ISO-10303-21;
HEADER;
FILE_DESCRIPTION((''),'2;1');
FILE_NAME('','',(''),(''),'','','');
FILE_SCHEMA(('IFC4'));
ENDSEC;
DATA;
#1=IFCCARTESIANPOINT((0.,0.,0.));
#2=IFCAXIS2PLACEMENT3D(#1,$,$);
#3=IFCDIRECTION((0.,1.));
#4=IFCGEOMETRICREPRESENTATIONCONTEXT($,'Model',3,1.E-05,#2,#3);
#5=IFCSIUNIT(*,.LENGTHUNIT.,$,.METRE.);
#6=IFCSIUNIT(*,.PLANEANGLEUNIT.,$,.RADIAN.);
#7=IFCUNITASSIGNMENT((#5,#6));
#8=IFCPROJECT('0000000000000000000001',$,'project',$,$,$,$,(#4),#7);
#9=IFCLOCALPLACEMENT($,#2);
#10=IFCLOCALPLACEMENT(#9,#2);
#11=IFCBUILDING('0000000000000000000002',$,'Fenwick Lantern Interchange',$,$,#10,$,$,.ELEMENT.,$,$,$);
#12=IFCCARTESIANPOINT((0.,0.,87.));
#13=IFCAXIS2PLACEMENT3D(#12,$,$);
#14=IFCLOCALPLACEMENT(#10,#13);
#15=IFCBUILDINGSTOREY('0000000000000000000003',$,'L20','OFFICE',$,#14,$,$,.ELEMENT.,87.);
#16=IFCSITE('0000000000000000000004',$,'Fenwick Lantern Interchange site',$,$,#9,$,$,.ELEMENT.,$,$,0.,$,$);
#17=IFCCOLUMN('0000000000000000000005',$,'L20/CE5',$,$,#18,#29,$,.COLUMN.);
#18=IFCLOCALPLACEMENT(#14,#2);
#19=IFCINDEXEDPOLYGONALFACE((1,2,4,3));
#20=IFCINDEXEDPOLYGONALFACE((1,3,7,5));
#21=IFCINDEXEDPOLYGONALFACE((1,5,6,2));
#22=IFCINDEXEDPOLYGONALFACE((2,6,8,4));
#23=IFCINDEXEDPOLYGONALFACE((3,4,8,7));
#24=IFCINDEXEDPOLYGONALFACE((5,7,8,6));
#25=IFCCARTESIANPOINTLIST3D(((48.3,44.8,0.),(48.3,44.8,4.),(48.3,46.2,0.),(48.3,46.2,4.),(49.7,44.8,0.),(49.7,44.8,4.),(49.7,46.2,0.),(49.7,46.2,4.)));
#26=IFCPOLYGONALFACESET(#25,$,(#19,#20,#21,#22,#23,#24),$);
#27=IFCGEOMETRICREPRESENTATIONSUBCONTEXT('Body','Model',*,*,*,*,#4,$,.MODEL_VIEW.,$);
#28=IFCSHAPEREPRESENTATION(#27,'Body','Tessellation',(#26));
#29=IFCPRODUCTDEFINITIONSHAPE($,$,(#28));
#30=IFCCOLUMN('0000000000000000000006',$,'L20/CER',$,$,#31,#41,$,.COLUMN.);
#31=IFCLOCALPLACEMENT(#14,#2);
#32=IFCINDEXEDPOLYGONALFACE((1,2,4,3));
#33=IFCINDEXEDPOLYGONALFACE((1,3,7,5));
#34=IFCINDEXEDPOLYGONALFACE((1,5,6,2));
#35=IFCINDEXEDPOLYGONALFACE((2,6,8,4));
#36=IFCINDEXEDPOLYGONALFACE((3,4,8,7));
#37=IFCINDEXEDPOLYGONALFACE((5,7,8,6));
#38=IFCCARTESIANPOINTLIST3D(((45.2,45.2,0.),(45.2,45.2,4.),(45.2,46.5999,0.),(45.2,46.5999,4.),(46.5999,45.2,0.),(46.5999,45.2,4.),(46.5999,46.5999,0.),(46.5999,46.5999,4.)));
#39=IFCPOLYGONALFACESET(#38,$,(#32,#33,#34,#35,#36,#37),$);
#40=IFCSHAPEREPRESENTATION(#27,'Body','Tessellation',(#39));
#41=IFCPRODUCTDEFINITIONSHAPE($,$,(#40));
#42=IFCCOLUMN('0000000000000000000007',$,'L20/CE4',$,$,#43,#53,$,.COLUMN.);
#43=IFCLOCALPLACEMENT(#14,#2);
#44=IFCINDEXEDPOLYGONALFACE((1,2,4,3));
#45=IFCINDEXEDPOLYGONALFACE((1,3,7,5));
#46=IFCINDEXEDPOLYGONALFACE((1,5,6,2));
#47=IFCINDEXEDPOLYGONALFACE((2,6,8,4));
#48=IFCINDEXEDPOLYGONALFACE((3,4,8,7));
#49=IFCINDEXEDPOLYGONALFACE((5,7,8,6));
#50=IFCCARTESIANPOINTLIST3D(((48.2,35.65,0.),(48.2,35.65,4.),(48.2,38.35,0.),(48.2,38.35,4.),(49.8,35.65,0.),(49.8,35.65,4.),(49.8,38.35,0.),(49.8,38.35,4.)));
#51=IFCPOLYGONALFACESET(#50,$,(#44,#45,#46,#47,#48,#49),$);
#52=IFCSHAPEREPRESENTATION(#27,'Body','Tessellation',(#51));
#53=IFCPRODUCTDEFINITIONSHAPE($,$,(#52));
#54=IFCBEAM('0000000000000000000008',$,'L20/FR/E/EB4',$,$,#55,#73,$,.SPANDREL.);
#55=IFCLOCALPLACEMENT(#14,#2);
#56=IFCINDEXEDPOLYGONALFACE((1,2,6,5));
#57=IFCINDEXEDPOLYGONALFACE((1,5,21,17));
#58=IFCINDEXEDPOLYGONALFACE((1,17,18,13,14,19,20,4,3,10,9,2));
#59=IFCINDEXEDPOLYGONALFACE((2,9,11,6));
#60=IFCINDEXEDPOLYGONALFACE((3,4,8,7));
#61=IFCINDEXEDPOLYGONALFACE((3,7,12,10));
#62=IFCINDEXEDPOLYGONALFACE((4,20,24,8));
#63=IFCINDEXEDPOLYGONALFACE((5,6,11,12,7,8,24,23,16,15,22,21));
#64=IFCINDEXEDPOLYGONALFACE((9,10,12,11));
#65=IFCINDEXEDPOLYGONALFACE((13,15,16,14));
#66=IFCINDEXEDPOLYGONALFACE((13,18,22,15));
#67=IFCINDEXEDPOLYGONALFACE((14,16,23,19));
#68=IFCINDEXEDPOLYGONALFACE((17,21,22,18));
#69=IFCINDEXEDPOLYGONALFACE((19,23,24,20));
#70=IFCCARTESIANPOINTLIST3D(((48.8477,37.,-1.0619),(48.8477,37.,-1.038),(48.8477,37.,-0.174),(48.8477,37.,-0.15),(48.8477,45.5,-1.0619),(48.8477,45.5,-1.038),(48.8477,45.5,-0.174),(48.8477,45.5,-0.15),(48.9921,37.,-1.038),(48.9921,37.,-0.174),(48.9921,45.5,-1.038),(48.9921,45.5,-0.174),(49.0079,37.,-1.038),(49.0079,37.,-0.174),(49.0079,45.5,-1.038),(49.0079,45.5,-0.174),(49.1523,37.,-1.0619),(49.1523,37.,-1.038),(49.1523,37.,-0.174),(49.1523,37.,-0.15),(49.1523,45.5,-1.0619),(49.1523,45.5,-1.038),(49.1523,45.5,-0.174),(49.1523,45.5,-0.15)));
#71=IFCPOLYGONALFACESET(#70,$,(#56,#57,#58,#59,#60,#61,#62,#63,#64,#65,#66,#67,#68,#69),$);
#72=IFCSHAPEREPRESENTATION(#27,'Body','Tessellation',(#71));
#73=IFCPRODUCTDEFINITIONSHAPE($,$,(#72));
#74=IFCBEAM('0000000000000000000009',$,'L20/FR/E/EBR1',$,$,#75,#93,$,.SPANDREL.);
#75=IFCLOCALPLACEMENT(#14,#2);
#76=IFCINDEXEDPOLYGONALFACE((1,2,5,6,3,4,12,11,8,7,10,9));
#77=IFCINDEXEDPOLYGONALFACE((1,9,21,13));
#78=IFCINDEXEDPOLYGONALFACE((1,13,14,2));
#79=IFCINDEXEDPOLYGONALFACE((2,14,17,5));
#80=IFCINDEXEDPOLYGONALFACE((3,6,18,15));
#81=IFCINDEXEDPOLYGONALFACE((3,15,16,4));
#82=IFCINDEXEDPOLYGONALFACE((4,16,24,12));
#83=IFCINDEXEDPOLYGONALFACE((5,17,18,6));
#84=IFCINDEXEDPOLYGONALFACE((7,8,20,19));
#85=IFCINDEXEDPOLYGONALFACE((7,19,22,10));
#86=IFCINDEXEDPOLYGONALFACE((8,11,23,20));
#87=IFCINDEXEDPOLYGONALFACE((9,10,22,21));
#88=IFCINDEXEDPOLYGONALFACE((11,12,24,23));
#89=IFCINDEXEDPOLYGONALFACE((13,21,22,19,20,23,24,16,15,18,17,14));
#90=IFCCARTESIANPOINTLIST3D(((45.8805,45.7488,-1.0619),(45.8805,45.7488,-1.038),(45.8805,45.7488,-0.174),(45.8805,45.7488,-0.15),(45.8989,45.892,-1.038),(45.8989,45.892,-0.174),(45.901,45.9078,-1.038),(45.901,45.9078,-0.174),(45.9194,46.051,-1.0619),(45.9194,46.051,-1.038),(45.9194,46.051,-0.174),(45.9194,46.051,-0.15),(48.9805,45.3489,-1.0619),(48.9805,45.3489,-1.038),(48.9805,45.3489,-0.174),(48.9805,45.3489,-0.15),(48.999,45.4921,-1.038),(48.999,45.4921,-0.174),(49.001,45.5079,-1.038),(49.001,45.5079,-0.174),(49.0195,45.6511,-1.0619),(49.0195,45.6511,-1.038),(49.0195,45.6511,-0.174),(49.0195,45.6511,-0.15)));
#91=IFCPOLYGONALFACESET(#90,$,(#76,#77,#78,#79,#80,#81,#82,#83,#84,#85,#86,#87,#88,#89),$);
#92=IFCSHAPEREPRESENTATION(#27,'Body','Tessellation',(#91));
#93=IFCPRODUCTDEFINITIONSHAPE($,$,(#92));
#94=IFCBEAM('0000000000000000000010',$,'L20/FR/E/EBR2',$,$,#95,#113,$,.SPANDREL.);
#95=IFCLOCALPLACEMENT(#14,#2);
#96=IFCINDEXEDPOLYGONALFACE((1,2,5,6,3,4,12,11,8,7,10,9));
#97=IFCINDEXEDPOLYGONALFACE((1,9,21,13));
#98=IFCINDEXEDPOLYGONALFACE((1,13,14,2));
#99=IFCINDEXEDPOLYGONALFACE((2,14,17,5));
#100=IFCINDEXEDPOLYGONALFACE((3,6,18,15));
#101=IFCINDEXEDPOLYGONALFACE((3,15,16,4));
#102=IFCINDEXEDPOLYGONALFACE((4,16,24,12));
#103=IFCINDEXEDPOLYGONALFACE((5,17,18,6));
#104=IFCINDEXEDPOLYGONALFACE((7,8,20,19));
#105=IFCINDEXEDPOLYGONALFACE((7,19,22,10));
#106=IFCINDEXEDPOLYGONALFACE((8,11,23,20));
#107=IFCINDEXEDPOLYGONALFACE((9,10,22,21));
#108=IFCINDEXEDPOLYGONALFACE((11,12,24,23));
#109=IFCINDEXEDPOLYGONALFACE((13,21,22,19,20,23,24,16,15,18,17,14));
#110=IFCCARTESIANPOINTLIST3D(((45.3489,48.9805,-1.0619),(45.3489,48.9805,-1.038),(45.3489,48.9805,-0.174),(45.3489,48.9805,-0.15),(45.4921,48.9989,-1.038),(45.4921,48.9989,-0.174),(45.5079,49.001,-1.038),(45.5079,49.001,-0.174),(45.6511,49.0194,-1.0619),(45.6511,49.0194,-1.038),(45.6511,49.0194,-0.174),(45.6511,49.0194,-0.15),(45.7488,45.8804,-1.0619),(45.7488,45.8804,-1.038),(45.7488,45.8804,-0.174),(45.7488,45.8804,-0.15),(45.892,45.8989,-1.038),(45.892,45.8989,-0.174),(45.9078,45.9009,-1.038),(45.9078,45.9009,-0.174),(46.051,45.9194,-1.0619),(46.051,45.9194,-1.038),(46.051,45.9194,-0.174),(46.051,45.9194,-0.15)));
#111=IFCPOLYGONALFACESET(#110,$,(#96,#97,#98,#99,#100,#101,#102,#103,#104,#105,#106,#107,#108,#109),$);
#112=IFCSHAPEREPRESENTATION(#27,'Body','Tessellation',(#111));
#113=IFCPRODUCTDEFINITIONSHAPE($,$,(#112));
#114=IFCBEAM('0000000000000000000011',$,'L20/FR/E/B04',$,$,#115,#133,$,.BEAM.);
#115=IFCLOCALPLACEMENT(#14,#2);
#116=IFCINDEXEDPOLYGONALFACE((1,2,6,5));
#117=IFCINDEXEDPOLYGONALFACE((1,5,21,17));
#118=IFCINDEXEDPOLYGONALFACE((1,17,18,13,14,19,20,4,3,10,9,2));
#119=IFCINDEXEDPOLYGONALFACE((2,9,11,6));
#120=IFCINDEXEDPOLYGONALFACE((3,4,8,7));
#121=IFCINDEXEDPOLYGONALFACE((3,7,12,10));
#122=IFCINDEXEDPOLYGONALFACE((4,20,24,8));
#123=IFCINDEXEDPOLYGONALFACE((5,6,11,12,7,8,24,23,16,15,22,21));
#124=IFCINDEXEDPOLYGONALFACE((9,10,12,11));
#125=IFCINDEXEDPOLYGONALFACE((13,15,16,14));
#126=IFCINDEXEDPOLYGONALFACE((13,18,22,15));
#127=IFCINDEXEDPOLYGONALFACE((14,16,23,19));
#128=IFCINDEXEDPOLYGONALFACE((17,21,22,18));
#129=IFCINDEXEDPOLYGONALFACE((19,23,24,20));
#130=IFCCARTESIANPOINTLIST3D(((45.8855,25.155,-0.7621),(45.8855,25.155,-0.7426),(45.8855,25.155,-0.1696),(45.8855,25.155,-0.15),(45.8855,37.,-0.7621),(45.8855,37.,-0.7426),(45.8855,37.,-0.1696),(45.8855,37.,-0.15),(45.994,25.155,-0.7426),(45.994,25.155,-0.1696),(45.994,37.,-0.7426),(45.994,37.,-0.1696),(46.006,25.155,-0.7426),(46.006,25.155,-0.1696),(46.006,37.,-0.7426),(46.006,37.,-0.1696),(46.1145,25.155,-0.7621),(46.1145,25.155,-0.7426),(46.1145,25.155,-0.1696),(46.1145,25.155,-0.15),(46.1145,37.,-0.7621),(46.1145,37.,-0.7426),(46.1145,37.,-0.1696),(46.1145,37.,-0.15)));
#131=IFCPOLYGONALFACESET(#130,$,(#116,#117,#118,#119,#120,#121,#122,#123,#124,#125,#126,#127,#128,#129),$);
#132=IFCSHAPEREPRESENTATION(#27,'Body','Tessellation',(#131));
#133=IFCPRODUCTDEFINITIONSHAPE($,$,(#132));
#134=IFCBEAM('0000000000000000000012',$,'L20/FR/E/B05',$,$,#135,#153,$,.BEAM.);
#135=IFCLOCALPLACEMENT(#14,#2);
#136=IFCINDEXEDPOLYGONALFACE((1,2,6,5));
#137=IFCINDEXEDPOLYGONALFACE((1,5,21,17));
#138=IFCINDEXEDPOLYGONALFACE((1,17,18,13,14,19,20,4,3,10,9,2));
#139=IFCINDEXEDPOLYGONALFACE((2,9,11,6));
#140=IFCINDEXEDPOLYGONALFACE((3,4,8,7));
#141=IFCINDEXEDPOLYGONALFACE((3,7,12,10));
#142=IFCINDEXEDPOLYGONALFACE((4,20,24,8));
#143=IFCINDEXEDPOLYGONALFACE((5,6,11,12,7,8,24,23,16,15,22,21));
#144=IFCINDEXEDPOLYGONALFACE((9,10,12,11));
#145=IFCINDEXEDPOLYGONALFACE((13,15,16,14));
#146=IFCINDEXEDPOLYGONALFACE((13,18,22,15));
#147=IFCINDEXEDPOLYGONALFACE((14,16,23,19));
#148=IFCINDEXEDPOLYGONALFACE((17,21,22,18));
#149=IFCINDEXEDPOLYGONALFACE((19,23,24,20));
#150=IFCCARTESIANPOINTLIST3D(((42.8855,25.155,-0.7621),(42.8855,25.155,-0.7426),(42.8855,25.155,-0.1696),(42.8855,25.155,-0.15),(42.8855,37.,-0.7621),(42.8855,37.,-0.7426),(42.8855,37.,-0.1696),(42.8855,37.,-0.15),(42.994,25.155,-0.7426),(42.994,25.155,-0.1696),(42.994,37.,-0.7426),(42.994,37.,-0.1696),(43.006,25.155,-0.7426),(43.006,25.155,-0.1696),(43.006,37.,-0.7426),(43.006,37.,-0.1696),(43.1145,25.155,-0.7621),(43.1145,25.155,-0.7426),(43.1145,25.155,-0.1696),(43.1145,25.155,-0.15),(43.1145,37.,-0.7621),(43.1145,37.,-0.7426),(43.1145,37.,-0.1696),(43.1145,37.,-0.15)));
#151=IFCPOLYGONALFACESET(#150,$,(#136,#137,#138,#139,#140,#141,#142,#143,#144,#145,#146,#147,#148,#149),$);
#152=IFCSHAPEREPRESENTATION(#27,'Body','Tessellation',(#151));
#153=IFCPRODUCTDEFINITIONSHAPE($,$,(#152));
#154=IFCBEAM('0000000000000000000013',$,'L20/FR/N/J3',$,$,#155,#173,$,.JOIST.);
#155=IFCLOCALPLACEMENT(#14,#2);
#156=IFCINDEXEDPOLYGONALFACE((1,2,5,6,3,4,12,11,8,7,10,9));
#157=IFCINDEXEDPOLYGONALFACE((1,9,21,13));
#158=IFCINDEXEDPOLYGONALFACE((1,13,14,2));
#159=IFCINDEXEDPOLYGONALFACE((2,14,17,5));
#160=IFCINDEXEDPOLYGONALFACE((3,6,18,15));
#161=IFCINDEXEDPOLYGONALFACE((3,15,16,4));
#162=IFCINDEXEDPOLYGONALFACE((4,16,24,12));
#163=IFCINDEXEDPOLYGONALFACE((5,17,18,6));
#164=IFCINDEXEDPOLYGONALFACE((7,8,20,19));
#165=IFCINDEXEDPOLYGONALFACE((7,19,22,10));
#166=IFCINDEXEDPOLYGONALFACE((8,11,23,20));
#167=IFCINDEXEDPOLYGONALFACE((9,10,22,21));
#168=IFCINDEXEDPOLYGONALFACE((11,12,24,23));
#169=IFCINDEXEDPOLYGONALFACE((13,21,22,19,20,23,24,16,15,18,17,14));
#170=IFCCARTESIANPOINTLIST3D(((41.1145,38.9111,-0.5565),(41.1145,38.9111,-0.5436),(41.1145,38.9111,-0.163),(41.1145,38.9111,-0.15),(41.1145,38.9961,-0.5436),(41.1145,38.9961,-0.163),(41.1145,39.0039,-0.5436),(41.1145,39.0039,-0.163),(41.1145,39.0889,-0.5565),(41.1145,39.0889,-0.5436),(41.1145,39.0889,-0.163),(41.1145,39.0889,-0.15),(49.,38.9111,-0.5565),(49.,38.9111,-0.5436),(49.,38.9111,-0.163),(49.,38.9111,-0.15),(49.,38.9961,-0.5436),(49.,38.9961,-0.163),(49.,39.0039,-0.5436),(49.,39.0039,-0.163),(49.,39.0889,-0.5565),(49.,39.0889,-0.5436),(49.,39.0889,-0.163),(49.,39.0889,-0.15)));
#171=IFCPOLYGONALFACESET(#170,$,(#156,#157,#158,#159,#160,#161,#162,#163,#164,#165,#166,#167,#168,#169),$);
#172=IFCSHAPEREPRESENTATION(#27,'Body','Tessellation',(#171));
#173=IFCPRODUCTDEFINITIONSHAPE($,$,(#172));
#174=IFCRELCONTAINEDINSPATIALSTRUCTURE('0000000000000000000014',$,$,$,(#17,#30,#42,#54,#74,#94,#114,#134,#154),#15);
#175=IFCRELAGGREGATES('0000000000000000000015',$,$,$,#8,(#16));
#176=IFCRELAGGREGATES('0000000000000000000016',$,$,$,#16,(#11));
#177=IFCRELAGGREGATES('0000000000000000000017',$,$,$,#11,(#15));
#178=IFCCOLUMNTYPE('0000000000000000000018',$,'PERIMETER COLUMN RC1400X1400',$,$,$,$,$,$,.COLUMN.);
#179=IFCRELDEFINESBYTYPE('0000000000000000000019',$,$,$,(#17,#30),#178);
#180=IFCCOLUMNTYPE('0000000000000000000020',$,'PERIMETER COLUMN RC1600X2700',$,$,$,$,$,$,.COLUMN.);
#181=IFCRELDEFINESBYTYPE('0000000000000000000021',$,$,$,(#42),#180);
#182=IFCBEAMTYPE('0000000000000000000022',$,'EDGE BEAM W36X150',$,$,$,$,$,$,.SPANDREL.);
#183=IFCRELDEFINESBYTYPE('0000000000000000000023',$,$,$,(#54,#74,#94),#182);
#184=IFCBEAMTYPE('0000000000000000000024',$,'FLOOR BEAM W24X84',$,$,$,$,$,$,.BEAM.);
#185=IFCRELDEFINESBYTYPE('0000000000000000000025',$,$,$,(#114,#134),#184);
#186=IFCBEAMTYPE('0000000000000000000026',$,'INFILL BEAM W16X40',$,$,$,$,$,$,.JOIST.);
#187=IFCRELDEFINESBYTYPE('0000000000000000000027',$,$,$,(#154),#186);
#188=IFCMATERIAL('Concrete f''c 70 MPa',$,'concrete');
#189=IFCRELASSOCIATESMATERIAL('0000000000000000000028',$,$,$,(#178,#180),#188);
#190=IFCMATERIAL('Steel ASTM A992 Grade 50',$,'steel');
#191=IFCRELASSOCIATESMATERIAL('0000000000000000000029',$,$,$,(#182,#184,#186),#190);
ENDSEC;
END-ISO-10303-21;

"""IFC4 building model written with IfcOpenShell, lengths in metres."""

from ifc_helpers import new_model, si_unit, direction, frame, origin, origin_2d, place, context, subcontext, project, spatial, rectangle, i_section, extrude, material, material_profile, profile_set, type_object, element, save


model = new_model("IFC4")

# Units and contexts
model_context = context("Model", 3, precision=1e-05, world=origin(), true_north=direction((0.0, 1.0)))
body_context = subcontext(model_context, "Body", "Model", "MODEL_VIEW")
ifc_project = project(units=[si_unit("LENGTHUNIT", "METRE"), si_unit("PLANEANGLEUNIT", "RADIAN")], contexts=[model_context])

# Site, building, storey
site_placement = place(None, origin())
site = spatial("IfcSite", under=ifc_project, at=site_placement, Name="Fenwick Lantern Interchange site", CompositionType="ELEMENT", RefElevation=0.0)
building_placement = place(site_placement, origin())
building = spatial("IfcBuilding", under=site, at=building_placement, Name="Fenwick Lantern Interchange", CompositionType="ELEMENT")
storey_placement = place(building_placement, frame((0.0, 0.0, 87.0)))
storey = spatial("IfcBuildingStorey", under=building, at=storey_placement, Name="L20", Description="OFFICE", CompositionType="ELEMENT", Elevation=87.0)

# Columns
ifc_material_1 = material(Name="Concrete f'c 70 MPa", Category="concrete")
ifc_material_profile_1 = material_profile(ifc_material_1, rectangle(XDim=1.3999, YDim=1.3999, at=origin_2d()), Name="RC1400X1400")
ifc_profile_set_1 = profile_set([ifc_material_profile_1], Name="Concrete f'c 70 MPa")
column_type_1 = type_object("IfcColumnType", Name="PERIMETER COLUMN RC1400X1400", PredefinedType="COLUMN", material=ifc_profile_set_1)
for number, where, z_axis, x_axis, name in (
    (1, (49.0, 45.5, 0.0), (0.0, 0.0, 1.0), (1.0, 0.0, 0.0), "L20/CE5"),
    (2, (45.8999, 45.8999, 0.0), (0.0, 0.0, 1.0), (1.0, 0.0, 0.0), "L20/CER"),
):
    element("IfcColumn", number, at=place(storey_placement, frame(where, z_axis=z_axis, x_axis=x_axis)), inside=storey, type_object=column_type_1, Name=name, PredefinedType="COLUMN", context=body_context, shape_type="SweptSolid", body=[
        extrude(rectangle(XDim=1.3999, YDim=1.3999, at=origin_2d()), origin(), (0.0, 0.0, 1.0), 4.0),
    ])
ifc_material_profile_2 = material_profile(ifc_material_1, rectangle(XDim=1.6001, YDim=2.7, at=origin_2d()), Name="RC1600X2700")
ifc_profile_set_2 = profile_set([ifc_material_profile_2], Name="Concrete f'c 70 MPa")
column_type_2 = type_object("IfcColumnType", Name="PERIMETER COLUMN RC1600X2700", PredefinedType="COLUMN", material=ifc_profile_set_2)
column_placement = place(storey_placement, frame((49.0, 37.0, 0.0), z_axis=(0.0, 0.0, 1.0), x_axis=(1.0, 0.0, 0.0)))
element("IfcColumn", 3, at=column_placement, inside=storey, type_object=column_type_2, Name="L20/CE4", PredefinedType="COLUMN", context=body_context, shape_type="SweptSolid", body=[
    extrude(rectangle(XDim=1.6001, YDim=2.7, at=origin_2d()), origin(), (0.0, 0.0, 1.0), 4.0),
])

# Beams
ifc_material_2 = material(Name="Steel ASTM A992 Grade 50", Category="steel")
ifc_material_profile_3 = material_profile(ifc_material_2, i_section(OverallWidth=0.3047, OverallDepth=0.9119, WebThickness=0.0159, FlangeThickness=0.0239, at=origin_2d()), Name="W36X150")
ifc_profile_set_3 = profile_set([ifc_material_profile_3], Name="Steel ASTM A992 Grade 50")
beam_type_1 = type_object("IfcBeamType", Name="EDGE BEAM W36X150", PredefinedType="SPANDREL", material=ifc_profile_set_3)
beam_1_placement = place(storey_placement, frame((49.0, 37.0, -0.606), z_axis=(0.0, 1.0, 0.0), x_axis=(-1.0, 0.0, 0.0)))
element("IfcBeam", 4, at=beam_1_placement, inside=storey, type_object=beam_type_1, Name="L20/FR/E/EB4", PredefinedType="SPANDREL", context=body_context, shape_type="SweptSolid", body=[
    extrude(i_section(OverallWidth=0.3047, OverallDepth=0.9119, WebThickness=0.0159, FlangeThickness=0.0239, at=origin_2d()), origin(), (0.0, 0.0, 1.0), 8.5),
])
for number, where, z_axis, x_axis, name in (
    (5, (49.0, 45.5, -0.606), (-0.991782, 0.127937, 0.0), (-0.127937, -0.991782, 0.0), "L20/FR/E/EBR1"),
    (6, (45.8999, 45.8999, -0.606), (-0.127937, 0.991782, 0.0), (-0.991782, -0.127937, 0.0), "L20/FR/E/EBR2"),
):
    element("IfcBeam", number, at=place(storey_placement, frame(where, z_axis=z_axis, x_axis=x_axis)), inside=storey, type_object=beam_type_1, Name=name, PredefinedType="SPANDREL", context=body_context, shape_type="SweptSolid", body=[
        extrude(i_section(OverallWidth=0.3047, OverallDepth=0.9119, WebThickness=0.0159, FlangeThickness=0.0239, at=origin_2d()), origin(), (0.0, 0.0, 1.0), 3.1257),
    ])
ifc_material_profile_4 = material_profile(ifc_material_2, i_section(OverallWidth=0.229, OverallDepth=0.6121, WebThickness=0.012, FlangeThickness=0.0195, at=origin_2d()), Name="W24X84")
ifc_profile_set_4 = profile_set([ifc_material_profile_4], Name="Steel ASTM A992 Grade 50")
beam_type_2 = type_object("IfcBeamType", Name="FLOOR BEAM W24X84", PredefinedType="BEAM", material=ifc_profile_set_4)
for number, where, z_axis, x_axis, name in (
    (7, (46.0, 25.155, -0.4561), (0.0, 1.0, 0.0), (-1.0, 0.0, 0.0), "L20/FR/E/B04"),
    (8, (43.0, 25.155, -0.4561), (0.0, 1.0, 0.0), (-1.0, 0.0, 0.0), "L20/FR/E/B05"),
):
    element("IfcBeam", number, at=place(storey_placement, frame(where, z_axis=z_axis, x_axis=x_axis)), inside=storey, type_object=beam_type_2, Name=name, PredefinedType="BEAM", context=body_context, shape_type="SweptSolid", body=[
        extrude(i_section(OverallWidth=0.229, OverallDepth=0.6121, WebThickness=0.012, FlangeThickness=0.0195, at=origin_2d()), origin(), (0.0, 0.0, 1.0), 11.845),
    ])
ifc_material_profile_5 = material_profile(ifc_material_2, i_section(OverallWidth=0.1777, OverallDepth=0.4065, WebThickness=0.0078, FlangeThickness=0.0129, at=origin_2d()), Name="W16X40")
ifc_profile_set_5 = profile_set([ifc_material_profile_5], Name="Steel ASTM A992 Grade 50")
beam_type_3 = type_object("IfcBeamType", Name="INFILL BEAM W16X40", PredefinedType="JOIST", material=ifc_profile_set_5)
beam_2_placement = place(storey_placement, frame((49.0, 39.0, -0.3533), z_axis=(-1.0, 0.0, 0.0), x_axis=(0.0, -1.0, 0.0)))
element("IfcBeam", 9, at=beam_2_placement, inside=storey, type_object=beam_type_3, Name="L20/FR/N/J3", PredefinedType="JOIST", context=body_context, shape_type="SweptSolid", body=[
    extrude(i_section(OverallWidth=0.1777, OverallDepth=0.4065, WebThickness=0.0078, FlangeThickness=0.0129, at=origin_2d()), origin(), (0.0, 0.0, 1.0), 7.8855),
])

save(model, "model.ifc")
